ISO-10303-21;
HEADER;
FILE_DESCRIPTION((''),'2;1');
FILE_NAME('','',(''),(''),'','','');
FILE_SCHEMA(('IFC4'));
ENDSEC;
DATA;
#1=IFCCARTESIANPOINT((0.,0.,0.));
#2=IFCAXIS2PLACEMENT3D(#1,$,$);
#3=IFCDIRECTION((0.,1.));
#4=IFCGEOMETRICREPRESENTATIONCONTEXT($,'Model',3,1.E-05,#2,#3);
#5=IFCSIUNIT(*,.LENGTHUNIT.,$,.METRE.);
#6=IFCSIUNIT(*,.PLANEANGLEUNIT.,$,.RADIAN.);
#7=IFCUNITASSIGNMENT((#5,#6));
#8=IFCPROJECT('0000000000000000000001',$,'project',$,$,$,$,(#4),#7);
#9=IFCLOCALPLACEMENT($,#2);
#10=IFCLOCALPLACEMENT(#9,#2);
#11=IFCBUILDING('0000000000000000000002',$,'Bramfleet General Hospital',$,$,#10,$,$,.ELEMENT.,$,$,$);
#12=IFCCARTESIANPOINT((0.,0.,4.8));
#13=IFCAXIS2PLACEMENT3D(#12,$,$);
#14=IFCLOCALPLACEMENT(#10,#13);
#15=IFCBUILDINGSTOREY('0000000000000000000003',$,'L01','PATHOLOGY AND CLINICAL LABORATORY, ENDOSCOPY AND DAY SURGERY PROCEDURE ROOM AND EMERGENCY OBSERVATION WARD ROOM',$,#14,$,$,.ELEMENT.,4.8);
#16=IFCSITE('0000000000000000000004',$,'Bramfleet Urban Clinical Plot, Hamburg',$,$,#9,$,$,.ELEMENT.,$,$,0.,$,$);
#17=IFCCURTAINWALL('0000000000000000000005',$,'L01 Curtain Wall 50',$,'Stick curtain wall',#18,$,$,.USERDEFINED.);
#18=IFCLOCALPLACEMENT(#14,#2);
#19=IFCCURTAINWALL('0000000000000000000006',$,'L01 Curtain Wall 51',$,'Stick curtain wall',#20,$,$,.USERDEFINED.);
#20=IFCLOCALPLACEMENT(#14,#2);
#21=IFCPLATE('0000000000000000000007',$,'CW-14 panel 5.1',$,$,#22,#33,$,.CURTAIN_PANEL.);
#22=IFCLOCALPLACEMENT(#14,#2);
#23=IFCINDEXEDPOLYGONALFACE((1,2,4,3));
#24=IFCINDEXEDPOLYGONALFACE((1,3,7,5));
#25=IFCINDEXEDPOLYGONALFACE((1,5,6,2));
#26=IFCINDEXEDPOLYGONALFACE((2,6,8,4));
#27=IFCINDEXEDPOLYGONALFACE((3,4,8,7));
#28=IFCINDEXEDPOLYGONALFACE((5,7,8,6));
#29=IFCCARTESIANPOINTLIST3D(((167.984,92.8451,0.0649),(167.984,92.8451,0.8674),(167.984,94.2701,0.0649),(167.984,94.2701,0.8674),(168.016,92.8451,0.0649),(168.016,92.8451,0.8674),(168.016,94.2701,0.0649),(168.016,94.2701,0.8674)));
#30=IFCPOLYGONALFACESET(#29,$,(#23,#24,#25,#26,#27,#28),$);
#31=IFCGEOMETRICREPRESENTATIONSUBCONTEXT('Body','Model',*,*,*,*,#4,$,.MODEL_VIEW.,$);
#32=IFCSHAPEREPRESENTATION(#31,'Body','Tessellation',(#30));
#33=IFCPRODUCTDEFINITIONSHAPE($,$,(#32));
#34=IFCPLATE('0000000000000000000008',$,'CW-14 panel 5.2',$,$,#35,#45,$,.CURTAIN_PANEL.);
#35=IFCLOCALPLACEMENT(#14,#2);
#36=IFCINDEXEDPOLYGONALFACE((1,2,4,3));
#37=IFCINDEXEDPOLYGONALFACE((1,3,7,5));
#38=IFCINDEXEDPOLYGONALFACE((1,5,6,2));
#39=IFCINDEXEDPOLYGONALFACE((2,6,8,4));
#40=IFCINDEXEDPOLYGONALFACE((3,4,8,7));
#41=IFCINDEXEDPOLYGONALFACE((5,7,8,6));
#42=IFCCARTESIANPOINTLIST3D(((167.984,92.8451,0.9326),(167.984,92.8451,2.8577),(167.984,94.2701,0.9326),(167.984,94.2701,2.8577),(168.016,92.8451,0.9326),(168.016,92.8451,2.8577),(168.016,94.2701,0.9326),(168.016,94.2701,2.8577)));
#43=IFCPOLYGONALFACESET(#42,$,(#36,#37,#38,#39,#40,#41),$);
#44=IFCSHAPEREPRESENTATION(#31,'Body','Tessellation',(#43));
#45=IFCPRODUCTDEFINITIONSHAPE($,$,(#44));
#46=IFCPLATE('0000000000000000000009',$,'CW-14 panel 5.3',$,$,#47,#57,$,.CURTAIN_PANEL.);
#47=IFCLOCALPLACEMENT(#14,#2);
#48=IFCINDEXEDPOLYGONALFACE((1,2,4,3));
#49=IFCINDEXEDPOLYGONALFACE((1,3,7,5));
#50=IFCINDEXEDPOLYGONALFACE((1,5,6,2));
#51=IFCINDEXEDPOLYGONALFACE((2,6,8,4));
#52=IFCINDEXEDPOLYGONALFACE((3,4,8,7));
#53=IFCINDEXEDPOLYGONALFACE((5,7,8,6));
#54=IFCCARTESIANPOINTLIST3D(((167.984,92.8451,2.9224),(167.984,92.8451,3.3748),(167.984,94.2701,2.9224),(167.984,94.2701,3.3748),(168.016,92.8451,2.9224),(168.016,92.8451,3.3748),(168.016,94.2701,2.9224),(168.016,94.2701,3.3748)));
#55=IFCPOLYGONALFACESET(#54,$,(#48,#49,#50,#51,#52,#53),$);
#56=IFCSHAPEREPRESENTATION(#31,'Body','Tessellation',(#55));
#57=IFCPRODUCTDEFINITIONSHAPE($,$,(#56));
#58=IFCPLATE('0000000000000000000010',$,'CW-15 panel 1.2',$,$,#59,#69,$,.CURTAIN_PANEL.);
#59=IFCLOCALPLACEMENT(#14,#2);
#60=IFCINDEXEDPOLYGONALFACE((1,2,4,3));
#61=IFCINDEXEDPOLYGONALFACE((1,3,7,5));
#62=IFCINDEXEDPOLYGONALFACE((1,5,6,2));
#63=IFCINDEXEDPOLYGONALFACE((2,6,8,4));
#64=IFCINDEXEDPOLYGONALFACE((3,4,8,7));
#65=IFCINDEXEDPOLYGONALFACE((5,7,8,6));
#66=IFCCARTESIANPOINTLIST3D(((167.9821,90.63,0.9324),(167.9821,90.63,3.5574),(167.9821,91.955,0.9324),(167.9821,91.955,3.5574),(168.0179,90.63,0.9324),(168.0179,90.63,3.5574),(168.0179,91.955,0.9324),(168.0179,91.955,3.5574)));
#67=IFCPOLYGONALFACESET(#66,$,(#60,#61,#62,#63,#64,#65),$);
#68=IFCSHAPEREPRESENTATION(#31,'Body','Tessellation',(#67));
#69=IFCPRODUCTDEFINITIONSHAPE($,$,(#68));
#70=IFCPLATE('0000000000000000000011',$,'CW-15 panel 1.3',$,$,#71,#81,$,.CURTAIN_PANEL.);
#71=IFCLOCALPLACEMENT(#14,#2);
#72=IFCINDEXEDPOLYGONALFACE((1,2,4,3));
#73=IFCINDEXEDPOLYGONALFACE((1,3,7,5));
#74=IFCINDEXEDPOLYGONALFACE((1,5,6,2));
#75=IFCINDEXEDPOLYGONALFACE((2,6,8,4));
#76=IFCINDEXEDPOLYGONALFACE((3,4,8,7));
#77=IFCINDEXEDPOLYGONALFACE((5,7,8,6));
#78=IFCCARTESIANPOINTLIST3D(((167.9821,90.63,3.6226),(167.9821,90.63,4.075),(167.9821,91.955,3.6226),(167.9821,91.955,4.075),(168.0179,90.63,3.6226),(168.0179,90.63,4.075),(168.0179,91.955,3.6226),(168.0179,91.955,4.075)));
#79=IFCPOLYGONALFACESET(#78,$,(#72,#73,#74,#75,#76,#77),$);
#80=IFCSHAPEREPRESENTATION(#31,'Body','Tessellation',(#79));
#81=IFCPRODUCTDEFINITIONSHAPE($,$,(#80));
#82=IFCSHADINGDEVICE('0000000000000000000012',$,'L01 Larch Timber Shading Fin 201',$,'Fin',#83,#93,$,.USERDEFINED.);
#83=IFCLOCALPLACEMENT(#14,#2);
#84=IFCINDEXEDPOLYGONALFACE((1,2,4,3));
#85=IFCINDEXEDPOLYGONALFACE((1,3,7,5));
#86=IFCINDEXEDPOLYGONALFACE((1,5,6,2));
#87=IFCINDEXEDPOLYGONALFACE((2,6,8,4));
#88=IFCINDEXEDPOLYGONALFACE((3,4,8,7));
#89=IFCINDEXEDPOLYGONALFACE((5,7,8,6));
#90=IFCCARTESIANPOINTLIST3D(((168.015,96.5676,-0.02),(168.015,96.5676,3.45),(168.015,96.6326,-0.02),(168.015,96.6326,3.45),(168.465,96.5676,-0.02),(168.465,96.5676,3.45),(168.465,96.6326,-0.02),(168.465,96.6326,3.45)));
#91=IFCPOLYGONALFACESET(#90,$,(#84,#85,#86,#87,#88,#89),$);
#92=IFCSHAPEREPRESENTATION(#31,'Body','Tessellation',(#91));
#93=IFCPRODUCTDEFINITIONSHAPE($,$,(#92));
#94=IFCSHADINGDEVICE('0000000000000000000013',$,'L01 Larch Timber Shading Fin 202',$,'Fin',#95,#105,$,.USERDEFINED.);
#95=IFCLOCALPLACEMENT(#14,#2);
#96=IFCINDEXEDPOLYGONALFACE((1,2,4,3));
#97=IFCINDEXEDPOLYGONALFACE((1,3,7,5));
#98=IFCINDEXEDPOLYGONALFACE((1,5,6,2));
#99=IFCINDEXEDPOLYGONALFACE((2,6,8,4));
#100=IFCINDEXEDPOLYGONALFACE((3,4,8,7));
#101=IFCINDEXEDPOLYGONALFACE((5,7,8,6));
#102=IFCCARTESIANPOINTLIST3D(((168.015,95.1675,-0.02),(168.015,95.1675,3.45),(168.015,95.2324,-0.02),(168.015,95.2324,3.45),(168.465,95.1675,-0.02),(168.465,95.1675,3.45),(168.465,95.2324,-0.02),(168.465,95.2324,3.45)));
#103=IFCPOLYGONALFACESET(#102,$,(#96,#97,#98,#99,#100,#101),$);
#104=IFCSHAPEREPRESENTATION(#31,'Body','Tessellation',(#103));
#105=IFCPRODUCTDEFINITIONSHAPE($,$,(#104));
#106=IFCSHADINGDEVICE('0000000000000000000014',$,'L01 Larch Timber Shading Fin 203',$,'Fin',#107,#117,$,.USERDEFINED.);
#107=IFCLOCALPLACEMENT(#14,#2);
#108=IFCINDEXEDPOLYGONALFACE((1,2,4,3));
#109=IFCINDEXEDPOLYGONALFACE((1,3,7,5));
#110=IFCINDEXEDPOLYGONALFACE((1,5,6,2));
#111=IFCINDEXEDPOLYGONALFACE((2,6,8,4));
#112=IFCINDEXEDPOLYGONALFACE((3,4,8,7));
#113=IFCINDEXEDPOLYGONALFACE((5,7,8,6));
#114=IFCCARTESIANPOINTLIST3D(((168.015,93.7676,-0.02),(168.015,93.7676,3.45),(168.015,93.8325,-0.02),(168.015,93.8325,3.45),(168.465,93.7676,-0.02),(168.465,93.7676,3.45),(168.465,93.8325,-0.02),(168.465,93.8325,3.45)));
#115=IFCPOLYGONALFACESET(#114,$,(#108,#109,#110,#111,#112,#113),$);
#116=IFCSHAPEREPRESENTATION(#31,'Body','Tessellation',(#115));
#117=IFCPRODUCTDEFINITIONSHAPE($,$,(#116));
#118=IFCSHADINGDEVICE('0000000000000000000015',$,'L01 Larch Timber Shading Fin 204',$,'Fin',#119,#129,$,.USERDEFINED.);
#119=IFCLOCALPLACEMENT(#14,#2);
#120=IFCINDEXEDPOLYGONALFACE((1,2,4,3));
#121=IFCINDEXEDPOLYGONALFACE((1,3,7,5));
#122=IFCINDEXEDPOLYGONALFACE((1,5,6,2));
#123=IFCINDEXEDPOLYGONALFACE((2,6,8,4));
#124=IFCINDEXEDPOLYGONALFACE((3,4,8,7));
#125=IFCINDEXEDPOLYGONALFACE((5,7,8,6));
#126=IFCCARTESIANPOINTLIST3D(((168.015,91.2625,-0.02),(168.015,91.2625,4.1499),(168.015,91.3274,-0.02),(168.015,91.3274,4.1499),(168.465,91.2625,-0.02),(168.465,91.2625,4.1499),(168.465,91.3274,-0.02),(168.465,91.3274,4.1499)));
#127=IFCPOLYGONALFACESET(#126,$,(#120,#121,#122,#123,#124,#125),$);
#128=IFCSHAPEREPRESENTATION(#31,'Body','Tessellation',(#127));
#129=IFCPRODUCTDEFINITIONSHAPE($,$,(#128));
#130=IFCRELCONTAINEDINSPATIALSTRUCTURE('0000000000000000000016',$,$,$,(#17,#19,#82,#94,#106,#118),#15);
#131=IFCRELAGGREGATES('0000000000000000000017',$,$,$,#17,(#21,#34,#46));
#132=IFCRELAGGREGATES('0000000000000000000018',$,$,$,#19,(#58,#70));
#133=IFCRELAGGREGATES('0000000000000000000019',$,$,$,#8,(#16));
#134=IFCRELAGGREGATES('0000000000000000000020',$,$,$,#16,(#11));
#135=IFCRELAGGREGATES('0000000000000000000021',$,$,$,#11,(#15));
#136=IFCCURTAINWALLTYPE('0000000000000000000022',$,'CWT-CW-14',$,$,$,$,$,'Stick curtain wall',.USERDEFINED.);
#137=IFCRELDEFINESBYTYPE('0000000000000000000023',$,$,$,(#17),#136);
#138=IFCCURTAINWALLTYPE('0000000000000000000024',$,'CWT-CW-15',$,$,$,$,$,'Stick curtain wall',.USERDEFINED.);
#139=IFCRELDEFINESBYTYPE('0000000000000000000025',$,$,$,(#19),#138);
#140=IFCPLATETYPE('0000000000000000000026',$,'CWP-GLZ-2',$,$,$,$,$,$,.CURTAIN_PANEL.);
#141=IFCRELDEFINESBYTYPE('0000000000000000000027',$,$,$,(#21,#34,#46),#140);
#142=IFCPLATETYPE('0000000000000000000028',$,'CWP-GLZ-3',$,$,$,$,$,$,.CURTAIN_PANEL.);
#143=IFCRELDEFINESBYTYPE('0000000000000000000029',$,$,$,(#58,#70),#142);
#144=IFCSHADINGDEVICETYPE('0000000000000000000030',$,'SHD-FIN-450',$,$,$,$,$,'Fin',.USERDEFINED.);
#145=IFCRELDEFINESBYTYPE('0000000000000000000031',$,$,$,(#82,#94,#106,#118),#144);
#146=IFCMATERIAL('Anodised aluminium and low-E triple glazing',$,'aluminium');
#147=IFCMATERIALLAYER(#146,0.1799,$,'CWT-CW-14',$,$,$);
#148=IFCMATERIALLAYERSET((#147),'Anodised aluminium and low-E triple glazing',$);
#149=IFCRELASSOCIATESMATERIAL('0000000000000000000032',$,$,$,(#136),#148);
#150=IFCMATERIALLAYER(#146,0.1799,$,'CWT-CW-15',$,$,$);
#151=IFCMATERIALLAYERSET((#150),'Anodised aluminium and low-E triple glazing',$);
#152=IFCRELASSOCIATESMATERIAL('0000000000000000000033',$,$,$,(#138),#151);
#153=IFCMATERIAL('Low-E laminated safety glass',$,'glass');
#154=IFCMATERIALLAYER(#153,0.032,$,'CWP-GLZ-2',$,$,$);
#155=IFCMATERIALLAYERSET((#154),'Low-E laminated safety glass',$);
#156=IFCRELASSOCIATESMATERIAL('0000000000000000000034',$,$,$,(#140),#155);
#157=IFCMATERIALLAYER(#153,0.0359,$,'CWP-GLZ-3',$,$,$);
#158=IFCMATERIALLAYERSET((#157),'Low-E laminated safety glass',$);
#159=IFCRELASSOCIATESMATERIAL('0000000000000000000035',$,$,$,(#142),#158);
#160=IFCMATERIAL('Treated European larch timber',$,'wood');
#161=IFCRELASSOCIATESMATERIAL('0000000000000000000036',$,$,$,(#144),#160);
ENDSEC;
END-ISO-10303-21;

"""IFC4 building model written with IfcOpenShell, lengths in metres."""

from ifc_helpers import new_model, si_unit, direction, frame, origin, origin_2d, place, context, subcontext, project, spatial, rectangle, extrude, material, layer, layer_set, material_profile, profile_set, type_object, element, aggregate, save


model = new_model("IFC4")

# Units and contexts
model_context = context("Model", 3, precision=1e-05, world=origin(), true_north=direction((0.0, 1.0)))
body_context = subcontext(model_context, "Body", "Model", "MODEL_VIEW")
ifc_project = project(units=[si_unit("LENGTHUNIT", "METRE"), si_unit("PLANEANGLEUNIT", "RADIAN")], contexts=[model_context])

# Site, building, storey
site_placement = place(None, origin())
site = spatial("IfcSite", under=ifc_project, at=site_placement, Name="Bramfleet Urban Clinical Plot, Hamburg", CompositionType="ELEMENT", RefElevation=0.0)
building_placement = place(site_placement, origin())
building = spatial("IfcBuilding", under=site, at=building_placement, Name="Bramfleet General Hospital", CompositionType="ELEMENT")
storey_placement = place(building_placement, frame((0.0, 0.0, 4.8)))
storey = spatial("IfcBuildingStorey", under=building, at=storey_placement, Name="L01", Description="PATHOLOGY AND CLINICAL LABORATORY, ENDOSCOPY AND DAY SURGERY PROCEDURE ROOM AND EMERGENCY OBSERVATION WARD ROOM", CompositionType="ELEMENT", Elevation=4.8)

# Curtain wall
ifc_material_1 = material(Name="Anodised aluminium and low-E triple glazing", Category="aluminium")
ifc_layer_1 = layer(ifc_material_1, 0.1799, Name="CWT-CW-14")
ifc_layer_set_1 = layer_set([ifc_layer_1], Name="Anodised aluminium and low-E triple glazing")
curtain_wall_type_1 = type_object("IfcCurtainWallType", Name="CWT-CW-14", ElementType="Stick curtain wall", PredefinedType="USERDEFINED", material=ifc_layer_set_1)
curtain_wall_1_placement = place(storey_placement, origin())
curtain_wall_1 = element("IfcCurtainWall", 1, at=curtain_wall_1_placement, inside=storey, type_object=curtain_wall_type_1, Name="L01 Curtain Wall 50", ObjectType="Stick curtain wall", PredefinedType="USERDEFINED")

# Curtain wall
ifc_layer_2 = layer(ifc_material_1, 0.1799, Name="CWT-CW-15")
ifc_layer_set_2 = layer_set([ifc_layer_2], Name="Anodised aluminium and low-E triple glazing")
curtain_wall_type_2 = type_object("IfcCurtainWallType", Name="CWT-CW-15", ElementType="Stick curtain wall", PredefinedType="USERDEFINED", material=ifc_layer_set_2)
curtain_wall_2_placement = place(storey_placement, origin())
curtain_wall_2 = element("IfcCurtainWall", 2, at=curtain_wall_2_placement, inside=storey, type_object=curtain_wall_type_2, Name="L01 Curtain Wall 51", ObjectType="Stick curtain wall", PredefinedType="USERDEFINED")

# Plates
ifc_material_2 = material(Name="Low-E laminated safety glass", Category="glass")
ifc_layer_3 = layer(ifc_material_2, 0.032, Name="CWP-GLZ-2")
ifc_layer_set_3 = layer_set([ifc_layer_3], Name="Low-E laminated safety glass")
plate_type_1 = type_object("IfcPlateType", Name="CWP-GLZ-2", PredefinedType="CURTAIN_PANEL", material=ifc_layer_set_3)
plate_1_placement = place(storey_placement, frame((168.0, 93.5576, 0.0649), z_axis=(0.0, 0.0, 1.0), x_axis=(0.0, -1.0, 0.0)))
plate_1 = element("IfcPlate", 3, at=plate_1_placement, type_object=plate_type_1, Name="CW-14 panel 5.1", PredefinedType="CURTAIN_PANEL", context=body_context, shape_type="SweptSolid", body=[
    extrude(rectangle(XDim=1.425, YDim=0.032, at=origin_2d()), origin(), (0.0, 0.0, 1.0), 0.8025),
])
plate_2_placement = place(storey_placement, frame((168.0, 93.5576, 0.9326), z_axis=(0.0, 0.0, 1.0), x_axis=(0.0, -1.0, 0.0)))
plate_2 = element("IfcPlate", 4, at=plate_2_placement, type_object=plate_type_1, Name="CW-14 panel 5.2", PredefinedType="CURTAIN_PANEL", context=body_context, shape_type="SweptSolid", body=[
    extrude(rectangle(XDim=1.425, YDim=0.032, at=origin_2d()), origin(), (0.0, 0.0, 1.0), 1.925),
])
plate_3_placement = place(storey_placement, frame((168.0, 93.5576, 2.9224), z_axis=(0.0, 0.0, 1.0), x_axis=(0.0, -1.0, 0.0)))
plate_3 = element("IfcPlate", 5, at=plate_3_placement, type_object=plate_type_1, Name="CW-14 panel 5.3", PredefinedType="CURTAIN_PANEL", context=body_context, shape_type="SweptSolid", body=[
    extrude(rectangle(XDim=1.425, YDim=0.032, at=origin_2d()), origin(), (0.0, 0.0, 1.0), 0.4524),
])
aggregate(curtain_wall_1, [plate_1, plate_2, plate_3])
ifc_layer_4 = layer(ifc_material_2, 0.0359, Name="CWP-GLZ-3")
ifc_layer_set_4 = layer_set([ifc_layer_4], Name="Low-E laminated safety glass")
plate_type_2 = type_object("IfcPlateType", Name="CWP-GLZ-3", PredefinedType="CURTAIN_PANEL", material=ifc_layer_set_4)
plate_4_placement = place(storey_placement, frame((168.0, 91.2925, 0.9324), z_axis=(0.0, 0.0, 1.0), x_axis=(0.0, -1.0, 0.0)))
plate_4 = element("IfcPlate", 6, at=plate_4_placement, type_object=plate_type_2, Name="CW-15 panel 1.2", PredefinedType="CURTAIN_PANEL", context=body_context, shape_type="SweptSolid", body=[
    extrude(rectangle(XDim=1.325, YDim=0.0359, at=origin_2d()), origin(), (0.0, 0.0, 1.0), 2.625),
])
plate_5_placement = place(storey_placement, frame((168.0, 91.2925, 3.6226), z_axis=(0.0, 0.0, 1.0), x_axis=(0.0, -1.0, 0.0)))
plate_5 = element("IfcPlate", 7, at=plate_5_placement, type_object=plate_type_2, Name="CW-15 panel 1.3", PredefinedType="CURTAIN_PANEL", context=body_context, shape_type="SweptSolid", body=[
    extrude(rectangle(XDim=1.325, YDim=0.0359, at=origin_2d()), origin(), (0.0, 0.0, 1.0), 0.4524),
])
aggregate(curtain_wall_2, [plate_4, plate_5])

# Shading devices
ifc_material_3 = material(Name="Treated European larch timber", Category="wood")
ifc_material_profile_1 = material_profile(ifc_material_3, rectangle(XDim=0.0649, YDim=0.45, at=origin_2d()), Name="LARCH FIN 450x65")
ifc_profile_set_1 = profile_set([ifc_material_profile_1], Name="Treated European larch timber")
shading_device_type = type_object("IfcShadingDeviceType", Name="SHD-FIN-450", ElementType="Fin", PredefinedType="USERDEFINED", material=ifc_profile_set_1)
for number, where, z_axis, x_axis, name in (
    (8, (168.24, 96.6001, -0.02), (0.0, 0.0, 1.0), (0.0, -1.0, 0.0), "L01 Larch Timber Shading Fin 201"),
    (9, (168.24, 95.2, -0.02), (0.0, 0.0, 1.0), (0.0, -1.0, 0.0), "L01 Larch Timber Shading Fin 202"),
    (10, (168.24, 93.8, -0.02), (0.0, 0.0, 1.0), (0.0, -1.0, 0.0), "L01 Larch Timber Shading Fin 203"),
):
    element("IfcShadingDevice", number, at=place(storey_placement, frame(where, z_axis=z_axis, x_axis=x_axis)), inside=storey, type_object=shading_device_type, Name=name, ObjectType="Fin", PredefinedType="USERDEFINED", context=body_context, shape_type="SweptSolid", body=[
        extrude(rectangle(XDim=0.0649, YDim=0.45, at=origin_2d()), origin(), (0.0, 0.0, 1.0), 3.47),
    ])
shading_device_placement = place(storey_placement, frame((168.24, 91.2949, -0.02), z_axis=(0.0, 0.0, 1.0), x_axis=(0.0, -1.0, 0.0)))
element("IfcShadingDevice", 11, at=shading_device_placement, inside=storey, type_object=shading_device_type, Name="L01 Larch Timber Shading Fin 204", ObjectType="Fin", PredefinedType="USERDEFINED", context=body_context, shape_type="SweptSolid", body=[
    extrude(rectangle(XDim=0.0649, YDim=0.45, at=origin_2d()), origin(), (0.0, 0.0, 1.0), 4.1699),
])

save(model, "model.ifc")
